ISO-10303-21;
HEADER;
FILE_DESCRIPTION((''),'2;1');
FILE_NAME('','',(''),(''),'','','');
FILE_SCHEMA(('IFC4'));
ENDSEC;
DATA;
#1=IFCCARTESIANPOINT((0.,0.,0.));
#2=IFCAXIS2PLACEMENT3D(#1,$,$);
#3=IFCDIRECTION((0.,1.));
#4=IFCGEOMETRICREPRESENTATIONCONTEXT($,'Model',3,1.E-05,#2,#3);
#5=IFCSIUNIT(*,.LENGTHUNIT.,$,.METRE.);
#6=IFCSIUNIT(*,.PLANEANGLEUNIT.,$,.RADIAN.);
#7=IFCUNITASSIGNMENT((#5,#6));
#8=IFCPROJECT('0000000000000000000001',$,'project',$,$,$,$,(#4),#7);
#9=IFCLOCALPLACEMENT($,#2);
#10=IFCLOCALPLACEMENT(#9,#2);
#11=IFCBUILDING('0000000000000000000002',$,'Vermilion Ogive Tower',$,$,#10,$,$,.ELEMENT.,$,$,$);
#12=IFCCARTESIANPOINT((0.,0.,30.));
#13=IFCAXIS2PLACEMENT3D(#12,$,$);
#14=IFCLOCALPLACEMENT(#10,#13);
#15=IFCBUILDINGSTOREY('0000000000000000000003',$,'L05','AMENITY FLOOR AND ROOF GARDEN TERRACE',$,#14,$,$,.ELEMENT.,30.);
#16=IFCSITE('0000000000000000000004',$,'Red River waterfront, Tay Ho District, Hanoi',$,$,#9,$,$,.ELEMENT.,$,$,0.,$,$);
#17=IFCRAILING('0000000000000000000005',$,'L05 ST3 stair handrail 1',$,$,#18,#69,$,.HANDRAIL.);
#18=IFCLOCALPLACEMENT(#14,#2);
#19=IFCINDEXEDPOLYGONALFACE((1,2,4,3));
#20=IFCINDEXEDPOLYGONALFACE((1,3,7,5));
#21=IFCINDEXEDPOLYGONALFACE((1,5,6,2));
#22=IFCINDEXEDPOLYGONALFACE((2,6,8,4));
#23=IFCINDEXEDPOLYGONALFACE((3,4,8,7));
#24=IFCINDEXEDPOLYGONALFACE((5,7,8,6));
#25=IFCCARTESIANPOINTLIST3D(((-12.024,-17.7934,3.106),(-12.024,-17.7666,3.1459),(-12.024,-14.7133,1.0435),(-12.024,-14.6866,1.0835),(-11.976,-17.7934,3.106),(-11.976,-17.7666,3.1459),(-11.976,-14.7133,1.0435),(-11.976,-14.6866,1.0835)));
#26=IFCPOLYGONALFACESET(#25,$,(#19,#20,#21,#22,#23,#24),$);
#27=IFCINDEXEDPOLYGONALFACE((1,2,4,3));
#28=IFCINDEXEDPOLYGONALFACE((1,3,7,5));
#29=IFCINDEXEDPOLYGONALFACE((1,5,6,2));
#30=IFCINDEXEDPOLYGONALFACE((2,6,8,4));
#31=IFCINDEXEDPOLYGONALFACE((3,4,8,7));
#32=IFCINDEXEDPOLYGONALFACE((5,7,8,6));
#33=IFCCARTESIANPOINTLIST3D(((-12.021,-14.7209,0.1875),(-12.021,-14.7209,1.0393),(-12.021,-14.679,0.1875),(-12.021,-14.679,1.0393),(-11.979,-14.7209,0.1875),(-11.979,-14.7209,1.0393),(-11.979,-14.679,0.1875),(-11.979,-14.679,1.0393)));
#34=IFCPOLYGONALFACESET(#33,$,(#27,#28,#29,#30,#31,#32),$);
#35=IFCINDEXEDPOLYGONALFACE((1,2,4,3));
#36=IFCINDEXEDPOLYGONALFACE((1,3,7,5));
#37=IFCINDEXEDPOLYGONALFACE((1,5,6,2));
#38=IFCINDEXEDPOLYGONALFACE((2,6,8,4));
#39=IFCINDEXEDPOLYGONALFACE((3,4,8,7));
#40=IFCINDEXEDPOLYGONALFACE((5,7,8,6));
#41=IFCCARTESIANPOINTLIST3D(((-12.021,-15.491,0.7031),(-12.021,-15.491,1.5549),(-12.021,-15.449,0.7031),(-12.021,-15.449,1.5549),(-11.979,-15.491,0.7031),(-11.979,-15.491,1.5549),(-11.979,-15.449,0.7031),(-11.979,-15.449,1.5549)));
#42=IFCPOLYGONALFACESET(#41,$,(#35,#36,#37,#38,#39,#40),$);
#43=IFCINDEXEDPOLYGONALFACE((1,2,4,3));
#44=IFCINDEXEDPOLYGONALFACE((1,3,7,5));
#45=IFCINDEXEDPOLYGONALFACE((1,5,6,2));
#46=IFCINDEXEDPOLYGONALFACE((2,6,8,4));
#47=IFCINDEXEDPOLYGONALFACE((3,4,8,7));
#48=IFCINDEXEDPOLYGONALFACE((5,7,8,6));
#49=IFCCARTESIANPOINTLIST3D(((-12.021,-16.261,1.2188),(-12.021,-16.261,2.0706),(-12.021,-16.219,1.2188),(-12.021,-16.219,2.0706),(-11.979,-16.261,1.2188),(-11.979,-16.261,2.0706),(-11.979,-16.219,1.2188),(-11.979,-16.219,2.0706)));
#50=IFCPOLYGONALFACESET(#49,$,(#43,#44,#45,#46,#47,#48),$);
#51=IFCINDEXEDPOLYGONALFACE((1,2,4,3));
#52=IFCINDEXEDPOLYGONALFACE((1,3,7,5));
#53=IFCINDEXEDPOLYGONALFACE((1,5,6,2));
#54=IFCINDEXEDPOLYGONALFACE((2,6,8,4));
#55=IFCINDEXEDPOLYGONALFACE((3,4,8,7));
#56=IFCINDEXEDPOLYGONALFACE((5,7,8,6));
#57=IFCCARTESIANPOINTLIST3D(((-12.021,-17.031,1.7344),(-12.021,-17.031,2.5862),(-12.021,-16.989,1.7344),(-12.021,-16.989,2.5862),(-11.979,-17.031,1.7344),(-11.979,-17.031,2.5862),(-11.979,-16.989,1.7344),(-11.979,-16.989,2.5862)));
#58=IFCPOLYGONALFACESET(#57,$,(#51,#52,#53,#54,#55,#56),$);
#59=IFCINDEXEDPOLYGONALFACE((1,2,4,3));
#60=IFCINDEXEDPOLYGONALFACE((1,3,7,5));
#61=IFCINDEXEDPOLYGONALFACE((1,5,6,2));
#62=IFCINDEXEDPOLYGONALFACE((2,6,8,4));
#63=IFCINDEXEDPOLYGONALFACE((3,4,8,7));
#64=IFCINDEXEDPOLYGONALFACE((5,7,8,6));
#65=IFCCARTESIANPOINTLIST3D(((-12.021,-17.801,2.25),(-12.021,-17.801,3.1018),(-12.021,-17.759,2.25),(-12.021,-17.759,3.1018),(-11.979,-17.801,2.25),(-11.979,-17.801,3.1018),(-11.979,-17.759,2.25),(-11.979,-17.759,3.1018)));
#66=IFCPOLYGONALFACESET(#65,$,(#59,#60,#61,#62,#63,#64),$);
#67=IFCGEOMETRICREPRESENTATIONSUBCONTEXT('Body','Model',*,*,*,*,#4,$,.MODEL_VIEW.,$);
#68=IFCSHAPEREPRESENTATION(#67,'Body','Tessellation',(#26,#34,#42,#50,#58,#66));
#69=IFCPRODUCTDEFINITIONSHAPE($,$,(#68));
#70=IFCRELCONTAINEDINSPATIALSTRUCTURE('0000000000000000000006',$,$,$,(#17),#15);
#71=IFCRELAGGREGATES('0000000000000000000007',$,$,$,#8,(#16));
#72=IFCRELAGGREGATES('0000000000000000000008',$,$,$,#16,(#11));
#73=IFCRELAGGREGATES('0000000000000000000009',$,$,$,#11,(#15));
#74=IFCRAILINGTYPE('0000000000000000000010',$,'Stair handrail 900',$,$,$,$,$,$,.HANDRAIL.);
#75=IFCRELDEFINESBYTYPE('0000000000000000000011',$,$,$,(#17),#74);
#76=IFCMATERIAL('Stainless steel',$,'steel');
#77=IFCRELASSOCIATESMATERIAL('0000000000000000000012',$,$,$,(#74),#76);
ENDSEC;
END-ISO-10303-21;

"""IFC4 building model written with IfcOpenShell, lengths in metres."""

from ifc_helpers import new_model, si_unit, direction, frame, origin, origin_2d, place, context, subcontext, project, spatial, rectangle, extrude, material, type_object, element, save


model = new_model("IFC4")

# Units and contexts
model_context = context("Model", 3, precision=1e-05, world=origin(), true_north=direction((0.0, 1.0)))
body_context = subcontext(model_context, "Body", "Model", "MODEL_VIEW")
ifc_project = project(units=[si_unit("LENGTHUNIT", "METRE"), si_unit("PLANEANGLEUNIT", "RADIAN")], contexts=[model_context])

# Site, building, storey
site_placement = place(None, origin())
site = spatial("IfcSite", under=ifc_project, at=site_placement, Name="Red River waterfront, Tay Ho District, Hanoi", CompositionType="ELEMENT", RefElevation=0.0)
building_placement = place(site_placement, origin())
building = spatial("IfcBuilding", under=site, at=building_placement, Name="Vermilion Ogive Tower", CompositionType="ELEMENT")
storey_placement = place(building_placement, frame((0.0, 0.0, 30.0)))
storey = spatial("IfcBuildingStorey", under=building, at=storey_placement, Name="L05", Description="AMENITY FLOOR AND ROOF GARDEN TERRACE", CompositionType="ELEMENT", Elevation=30.0)

# Railing
ifc_material_1 = material(Name="Stainless steel", Category="steel")
railing_type_1 = type_object("IfcRailingType", Name="Stair handrail 900", PredefinedType="HANDRAIL", material=ifc_material_1)
railing_1_placement = place(storey_placement, frame((-12.0, -14.7, 0.1875)))
element("IfcRailing", 1, at=railing_1_placement, inside=storey, type_object=railing_type_1, Name="L05 ST3 stair handrail 1", PredefinedType="HANDRAIL", context=body_context, shape_type="SweptSolid", body=[
    extrude(rectangle(XDim=0.0481, YDim=0.0481, at=origin_2d()), frame((0.0, 0.0, 0.876), z_axis=(0.0, -0.830914, 0.556401), x_axis=(1.0, 0.0, 0.0)), (0.0, 0.0, 1.0), 3.7068),
    extrude(rectangle(XDim=0.042, YDim=0.042, at=origin_2d()), origin(), (0.0, 0.0, 1.0), 0.8518),
    extrude(rectangle(XDim=0.042, YDim=0.042, at=origin_2d()), frame((0.0, -0.77, 0.5156)), (0.0, 0.0, 1.0), 0.8518),
    extrude(rectangle(XDim=0.042, YDim=0.042, at=origin_2d()), frame((0.0, -1.54, 1.0312)), (0.0, 0.0, 1.0), 0.8518),
    extrude(rectangle(XDim=0.042, YDim=0.042, at=origin_2d()), frame((0.0, -2.3101, 1.5469)), (0.0, 0.0, 1.0), 0.8518),
    extrude(rectangle(XDim=0.042, YDim=0.042, at=origin_2d()), frame((0.0, -3.0801, 2.0625)), (0.0, 0.0, 1.0), 0.8518),
])

save(model, "model.ifc")
